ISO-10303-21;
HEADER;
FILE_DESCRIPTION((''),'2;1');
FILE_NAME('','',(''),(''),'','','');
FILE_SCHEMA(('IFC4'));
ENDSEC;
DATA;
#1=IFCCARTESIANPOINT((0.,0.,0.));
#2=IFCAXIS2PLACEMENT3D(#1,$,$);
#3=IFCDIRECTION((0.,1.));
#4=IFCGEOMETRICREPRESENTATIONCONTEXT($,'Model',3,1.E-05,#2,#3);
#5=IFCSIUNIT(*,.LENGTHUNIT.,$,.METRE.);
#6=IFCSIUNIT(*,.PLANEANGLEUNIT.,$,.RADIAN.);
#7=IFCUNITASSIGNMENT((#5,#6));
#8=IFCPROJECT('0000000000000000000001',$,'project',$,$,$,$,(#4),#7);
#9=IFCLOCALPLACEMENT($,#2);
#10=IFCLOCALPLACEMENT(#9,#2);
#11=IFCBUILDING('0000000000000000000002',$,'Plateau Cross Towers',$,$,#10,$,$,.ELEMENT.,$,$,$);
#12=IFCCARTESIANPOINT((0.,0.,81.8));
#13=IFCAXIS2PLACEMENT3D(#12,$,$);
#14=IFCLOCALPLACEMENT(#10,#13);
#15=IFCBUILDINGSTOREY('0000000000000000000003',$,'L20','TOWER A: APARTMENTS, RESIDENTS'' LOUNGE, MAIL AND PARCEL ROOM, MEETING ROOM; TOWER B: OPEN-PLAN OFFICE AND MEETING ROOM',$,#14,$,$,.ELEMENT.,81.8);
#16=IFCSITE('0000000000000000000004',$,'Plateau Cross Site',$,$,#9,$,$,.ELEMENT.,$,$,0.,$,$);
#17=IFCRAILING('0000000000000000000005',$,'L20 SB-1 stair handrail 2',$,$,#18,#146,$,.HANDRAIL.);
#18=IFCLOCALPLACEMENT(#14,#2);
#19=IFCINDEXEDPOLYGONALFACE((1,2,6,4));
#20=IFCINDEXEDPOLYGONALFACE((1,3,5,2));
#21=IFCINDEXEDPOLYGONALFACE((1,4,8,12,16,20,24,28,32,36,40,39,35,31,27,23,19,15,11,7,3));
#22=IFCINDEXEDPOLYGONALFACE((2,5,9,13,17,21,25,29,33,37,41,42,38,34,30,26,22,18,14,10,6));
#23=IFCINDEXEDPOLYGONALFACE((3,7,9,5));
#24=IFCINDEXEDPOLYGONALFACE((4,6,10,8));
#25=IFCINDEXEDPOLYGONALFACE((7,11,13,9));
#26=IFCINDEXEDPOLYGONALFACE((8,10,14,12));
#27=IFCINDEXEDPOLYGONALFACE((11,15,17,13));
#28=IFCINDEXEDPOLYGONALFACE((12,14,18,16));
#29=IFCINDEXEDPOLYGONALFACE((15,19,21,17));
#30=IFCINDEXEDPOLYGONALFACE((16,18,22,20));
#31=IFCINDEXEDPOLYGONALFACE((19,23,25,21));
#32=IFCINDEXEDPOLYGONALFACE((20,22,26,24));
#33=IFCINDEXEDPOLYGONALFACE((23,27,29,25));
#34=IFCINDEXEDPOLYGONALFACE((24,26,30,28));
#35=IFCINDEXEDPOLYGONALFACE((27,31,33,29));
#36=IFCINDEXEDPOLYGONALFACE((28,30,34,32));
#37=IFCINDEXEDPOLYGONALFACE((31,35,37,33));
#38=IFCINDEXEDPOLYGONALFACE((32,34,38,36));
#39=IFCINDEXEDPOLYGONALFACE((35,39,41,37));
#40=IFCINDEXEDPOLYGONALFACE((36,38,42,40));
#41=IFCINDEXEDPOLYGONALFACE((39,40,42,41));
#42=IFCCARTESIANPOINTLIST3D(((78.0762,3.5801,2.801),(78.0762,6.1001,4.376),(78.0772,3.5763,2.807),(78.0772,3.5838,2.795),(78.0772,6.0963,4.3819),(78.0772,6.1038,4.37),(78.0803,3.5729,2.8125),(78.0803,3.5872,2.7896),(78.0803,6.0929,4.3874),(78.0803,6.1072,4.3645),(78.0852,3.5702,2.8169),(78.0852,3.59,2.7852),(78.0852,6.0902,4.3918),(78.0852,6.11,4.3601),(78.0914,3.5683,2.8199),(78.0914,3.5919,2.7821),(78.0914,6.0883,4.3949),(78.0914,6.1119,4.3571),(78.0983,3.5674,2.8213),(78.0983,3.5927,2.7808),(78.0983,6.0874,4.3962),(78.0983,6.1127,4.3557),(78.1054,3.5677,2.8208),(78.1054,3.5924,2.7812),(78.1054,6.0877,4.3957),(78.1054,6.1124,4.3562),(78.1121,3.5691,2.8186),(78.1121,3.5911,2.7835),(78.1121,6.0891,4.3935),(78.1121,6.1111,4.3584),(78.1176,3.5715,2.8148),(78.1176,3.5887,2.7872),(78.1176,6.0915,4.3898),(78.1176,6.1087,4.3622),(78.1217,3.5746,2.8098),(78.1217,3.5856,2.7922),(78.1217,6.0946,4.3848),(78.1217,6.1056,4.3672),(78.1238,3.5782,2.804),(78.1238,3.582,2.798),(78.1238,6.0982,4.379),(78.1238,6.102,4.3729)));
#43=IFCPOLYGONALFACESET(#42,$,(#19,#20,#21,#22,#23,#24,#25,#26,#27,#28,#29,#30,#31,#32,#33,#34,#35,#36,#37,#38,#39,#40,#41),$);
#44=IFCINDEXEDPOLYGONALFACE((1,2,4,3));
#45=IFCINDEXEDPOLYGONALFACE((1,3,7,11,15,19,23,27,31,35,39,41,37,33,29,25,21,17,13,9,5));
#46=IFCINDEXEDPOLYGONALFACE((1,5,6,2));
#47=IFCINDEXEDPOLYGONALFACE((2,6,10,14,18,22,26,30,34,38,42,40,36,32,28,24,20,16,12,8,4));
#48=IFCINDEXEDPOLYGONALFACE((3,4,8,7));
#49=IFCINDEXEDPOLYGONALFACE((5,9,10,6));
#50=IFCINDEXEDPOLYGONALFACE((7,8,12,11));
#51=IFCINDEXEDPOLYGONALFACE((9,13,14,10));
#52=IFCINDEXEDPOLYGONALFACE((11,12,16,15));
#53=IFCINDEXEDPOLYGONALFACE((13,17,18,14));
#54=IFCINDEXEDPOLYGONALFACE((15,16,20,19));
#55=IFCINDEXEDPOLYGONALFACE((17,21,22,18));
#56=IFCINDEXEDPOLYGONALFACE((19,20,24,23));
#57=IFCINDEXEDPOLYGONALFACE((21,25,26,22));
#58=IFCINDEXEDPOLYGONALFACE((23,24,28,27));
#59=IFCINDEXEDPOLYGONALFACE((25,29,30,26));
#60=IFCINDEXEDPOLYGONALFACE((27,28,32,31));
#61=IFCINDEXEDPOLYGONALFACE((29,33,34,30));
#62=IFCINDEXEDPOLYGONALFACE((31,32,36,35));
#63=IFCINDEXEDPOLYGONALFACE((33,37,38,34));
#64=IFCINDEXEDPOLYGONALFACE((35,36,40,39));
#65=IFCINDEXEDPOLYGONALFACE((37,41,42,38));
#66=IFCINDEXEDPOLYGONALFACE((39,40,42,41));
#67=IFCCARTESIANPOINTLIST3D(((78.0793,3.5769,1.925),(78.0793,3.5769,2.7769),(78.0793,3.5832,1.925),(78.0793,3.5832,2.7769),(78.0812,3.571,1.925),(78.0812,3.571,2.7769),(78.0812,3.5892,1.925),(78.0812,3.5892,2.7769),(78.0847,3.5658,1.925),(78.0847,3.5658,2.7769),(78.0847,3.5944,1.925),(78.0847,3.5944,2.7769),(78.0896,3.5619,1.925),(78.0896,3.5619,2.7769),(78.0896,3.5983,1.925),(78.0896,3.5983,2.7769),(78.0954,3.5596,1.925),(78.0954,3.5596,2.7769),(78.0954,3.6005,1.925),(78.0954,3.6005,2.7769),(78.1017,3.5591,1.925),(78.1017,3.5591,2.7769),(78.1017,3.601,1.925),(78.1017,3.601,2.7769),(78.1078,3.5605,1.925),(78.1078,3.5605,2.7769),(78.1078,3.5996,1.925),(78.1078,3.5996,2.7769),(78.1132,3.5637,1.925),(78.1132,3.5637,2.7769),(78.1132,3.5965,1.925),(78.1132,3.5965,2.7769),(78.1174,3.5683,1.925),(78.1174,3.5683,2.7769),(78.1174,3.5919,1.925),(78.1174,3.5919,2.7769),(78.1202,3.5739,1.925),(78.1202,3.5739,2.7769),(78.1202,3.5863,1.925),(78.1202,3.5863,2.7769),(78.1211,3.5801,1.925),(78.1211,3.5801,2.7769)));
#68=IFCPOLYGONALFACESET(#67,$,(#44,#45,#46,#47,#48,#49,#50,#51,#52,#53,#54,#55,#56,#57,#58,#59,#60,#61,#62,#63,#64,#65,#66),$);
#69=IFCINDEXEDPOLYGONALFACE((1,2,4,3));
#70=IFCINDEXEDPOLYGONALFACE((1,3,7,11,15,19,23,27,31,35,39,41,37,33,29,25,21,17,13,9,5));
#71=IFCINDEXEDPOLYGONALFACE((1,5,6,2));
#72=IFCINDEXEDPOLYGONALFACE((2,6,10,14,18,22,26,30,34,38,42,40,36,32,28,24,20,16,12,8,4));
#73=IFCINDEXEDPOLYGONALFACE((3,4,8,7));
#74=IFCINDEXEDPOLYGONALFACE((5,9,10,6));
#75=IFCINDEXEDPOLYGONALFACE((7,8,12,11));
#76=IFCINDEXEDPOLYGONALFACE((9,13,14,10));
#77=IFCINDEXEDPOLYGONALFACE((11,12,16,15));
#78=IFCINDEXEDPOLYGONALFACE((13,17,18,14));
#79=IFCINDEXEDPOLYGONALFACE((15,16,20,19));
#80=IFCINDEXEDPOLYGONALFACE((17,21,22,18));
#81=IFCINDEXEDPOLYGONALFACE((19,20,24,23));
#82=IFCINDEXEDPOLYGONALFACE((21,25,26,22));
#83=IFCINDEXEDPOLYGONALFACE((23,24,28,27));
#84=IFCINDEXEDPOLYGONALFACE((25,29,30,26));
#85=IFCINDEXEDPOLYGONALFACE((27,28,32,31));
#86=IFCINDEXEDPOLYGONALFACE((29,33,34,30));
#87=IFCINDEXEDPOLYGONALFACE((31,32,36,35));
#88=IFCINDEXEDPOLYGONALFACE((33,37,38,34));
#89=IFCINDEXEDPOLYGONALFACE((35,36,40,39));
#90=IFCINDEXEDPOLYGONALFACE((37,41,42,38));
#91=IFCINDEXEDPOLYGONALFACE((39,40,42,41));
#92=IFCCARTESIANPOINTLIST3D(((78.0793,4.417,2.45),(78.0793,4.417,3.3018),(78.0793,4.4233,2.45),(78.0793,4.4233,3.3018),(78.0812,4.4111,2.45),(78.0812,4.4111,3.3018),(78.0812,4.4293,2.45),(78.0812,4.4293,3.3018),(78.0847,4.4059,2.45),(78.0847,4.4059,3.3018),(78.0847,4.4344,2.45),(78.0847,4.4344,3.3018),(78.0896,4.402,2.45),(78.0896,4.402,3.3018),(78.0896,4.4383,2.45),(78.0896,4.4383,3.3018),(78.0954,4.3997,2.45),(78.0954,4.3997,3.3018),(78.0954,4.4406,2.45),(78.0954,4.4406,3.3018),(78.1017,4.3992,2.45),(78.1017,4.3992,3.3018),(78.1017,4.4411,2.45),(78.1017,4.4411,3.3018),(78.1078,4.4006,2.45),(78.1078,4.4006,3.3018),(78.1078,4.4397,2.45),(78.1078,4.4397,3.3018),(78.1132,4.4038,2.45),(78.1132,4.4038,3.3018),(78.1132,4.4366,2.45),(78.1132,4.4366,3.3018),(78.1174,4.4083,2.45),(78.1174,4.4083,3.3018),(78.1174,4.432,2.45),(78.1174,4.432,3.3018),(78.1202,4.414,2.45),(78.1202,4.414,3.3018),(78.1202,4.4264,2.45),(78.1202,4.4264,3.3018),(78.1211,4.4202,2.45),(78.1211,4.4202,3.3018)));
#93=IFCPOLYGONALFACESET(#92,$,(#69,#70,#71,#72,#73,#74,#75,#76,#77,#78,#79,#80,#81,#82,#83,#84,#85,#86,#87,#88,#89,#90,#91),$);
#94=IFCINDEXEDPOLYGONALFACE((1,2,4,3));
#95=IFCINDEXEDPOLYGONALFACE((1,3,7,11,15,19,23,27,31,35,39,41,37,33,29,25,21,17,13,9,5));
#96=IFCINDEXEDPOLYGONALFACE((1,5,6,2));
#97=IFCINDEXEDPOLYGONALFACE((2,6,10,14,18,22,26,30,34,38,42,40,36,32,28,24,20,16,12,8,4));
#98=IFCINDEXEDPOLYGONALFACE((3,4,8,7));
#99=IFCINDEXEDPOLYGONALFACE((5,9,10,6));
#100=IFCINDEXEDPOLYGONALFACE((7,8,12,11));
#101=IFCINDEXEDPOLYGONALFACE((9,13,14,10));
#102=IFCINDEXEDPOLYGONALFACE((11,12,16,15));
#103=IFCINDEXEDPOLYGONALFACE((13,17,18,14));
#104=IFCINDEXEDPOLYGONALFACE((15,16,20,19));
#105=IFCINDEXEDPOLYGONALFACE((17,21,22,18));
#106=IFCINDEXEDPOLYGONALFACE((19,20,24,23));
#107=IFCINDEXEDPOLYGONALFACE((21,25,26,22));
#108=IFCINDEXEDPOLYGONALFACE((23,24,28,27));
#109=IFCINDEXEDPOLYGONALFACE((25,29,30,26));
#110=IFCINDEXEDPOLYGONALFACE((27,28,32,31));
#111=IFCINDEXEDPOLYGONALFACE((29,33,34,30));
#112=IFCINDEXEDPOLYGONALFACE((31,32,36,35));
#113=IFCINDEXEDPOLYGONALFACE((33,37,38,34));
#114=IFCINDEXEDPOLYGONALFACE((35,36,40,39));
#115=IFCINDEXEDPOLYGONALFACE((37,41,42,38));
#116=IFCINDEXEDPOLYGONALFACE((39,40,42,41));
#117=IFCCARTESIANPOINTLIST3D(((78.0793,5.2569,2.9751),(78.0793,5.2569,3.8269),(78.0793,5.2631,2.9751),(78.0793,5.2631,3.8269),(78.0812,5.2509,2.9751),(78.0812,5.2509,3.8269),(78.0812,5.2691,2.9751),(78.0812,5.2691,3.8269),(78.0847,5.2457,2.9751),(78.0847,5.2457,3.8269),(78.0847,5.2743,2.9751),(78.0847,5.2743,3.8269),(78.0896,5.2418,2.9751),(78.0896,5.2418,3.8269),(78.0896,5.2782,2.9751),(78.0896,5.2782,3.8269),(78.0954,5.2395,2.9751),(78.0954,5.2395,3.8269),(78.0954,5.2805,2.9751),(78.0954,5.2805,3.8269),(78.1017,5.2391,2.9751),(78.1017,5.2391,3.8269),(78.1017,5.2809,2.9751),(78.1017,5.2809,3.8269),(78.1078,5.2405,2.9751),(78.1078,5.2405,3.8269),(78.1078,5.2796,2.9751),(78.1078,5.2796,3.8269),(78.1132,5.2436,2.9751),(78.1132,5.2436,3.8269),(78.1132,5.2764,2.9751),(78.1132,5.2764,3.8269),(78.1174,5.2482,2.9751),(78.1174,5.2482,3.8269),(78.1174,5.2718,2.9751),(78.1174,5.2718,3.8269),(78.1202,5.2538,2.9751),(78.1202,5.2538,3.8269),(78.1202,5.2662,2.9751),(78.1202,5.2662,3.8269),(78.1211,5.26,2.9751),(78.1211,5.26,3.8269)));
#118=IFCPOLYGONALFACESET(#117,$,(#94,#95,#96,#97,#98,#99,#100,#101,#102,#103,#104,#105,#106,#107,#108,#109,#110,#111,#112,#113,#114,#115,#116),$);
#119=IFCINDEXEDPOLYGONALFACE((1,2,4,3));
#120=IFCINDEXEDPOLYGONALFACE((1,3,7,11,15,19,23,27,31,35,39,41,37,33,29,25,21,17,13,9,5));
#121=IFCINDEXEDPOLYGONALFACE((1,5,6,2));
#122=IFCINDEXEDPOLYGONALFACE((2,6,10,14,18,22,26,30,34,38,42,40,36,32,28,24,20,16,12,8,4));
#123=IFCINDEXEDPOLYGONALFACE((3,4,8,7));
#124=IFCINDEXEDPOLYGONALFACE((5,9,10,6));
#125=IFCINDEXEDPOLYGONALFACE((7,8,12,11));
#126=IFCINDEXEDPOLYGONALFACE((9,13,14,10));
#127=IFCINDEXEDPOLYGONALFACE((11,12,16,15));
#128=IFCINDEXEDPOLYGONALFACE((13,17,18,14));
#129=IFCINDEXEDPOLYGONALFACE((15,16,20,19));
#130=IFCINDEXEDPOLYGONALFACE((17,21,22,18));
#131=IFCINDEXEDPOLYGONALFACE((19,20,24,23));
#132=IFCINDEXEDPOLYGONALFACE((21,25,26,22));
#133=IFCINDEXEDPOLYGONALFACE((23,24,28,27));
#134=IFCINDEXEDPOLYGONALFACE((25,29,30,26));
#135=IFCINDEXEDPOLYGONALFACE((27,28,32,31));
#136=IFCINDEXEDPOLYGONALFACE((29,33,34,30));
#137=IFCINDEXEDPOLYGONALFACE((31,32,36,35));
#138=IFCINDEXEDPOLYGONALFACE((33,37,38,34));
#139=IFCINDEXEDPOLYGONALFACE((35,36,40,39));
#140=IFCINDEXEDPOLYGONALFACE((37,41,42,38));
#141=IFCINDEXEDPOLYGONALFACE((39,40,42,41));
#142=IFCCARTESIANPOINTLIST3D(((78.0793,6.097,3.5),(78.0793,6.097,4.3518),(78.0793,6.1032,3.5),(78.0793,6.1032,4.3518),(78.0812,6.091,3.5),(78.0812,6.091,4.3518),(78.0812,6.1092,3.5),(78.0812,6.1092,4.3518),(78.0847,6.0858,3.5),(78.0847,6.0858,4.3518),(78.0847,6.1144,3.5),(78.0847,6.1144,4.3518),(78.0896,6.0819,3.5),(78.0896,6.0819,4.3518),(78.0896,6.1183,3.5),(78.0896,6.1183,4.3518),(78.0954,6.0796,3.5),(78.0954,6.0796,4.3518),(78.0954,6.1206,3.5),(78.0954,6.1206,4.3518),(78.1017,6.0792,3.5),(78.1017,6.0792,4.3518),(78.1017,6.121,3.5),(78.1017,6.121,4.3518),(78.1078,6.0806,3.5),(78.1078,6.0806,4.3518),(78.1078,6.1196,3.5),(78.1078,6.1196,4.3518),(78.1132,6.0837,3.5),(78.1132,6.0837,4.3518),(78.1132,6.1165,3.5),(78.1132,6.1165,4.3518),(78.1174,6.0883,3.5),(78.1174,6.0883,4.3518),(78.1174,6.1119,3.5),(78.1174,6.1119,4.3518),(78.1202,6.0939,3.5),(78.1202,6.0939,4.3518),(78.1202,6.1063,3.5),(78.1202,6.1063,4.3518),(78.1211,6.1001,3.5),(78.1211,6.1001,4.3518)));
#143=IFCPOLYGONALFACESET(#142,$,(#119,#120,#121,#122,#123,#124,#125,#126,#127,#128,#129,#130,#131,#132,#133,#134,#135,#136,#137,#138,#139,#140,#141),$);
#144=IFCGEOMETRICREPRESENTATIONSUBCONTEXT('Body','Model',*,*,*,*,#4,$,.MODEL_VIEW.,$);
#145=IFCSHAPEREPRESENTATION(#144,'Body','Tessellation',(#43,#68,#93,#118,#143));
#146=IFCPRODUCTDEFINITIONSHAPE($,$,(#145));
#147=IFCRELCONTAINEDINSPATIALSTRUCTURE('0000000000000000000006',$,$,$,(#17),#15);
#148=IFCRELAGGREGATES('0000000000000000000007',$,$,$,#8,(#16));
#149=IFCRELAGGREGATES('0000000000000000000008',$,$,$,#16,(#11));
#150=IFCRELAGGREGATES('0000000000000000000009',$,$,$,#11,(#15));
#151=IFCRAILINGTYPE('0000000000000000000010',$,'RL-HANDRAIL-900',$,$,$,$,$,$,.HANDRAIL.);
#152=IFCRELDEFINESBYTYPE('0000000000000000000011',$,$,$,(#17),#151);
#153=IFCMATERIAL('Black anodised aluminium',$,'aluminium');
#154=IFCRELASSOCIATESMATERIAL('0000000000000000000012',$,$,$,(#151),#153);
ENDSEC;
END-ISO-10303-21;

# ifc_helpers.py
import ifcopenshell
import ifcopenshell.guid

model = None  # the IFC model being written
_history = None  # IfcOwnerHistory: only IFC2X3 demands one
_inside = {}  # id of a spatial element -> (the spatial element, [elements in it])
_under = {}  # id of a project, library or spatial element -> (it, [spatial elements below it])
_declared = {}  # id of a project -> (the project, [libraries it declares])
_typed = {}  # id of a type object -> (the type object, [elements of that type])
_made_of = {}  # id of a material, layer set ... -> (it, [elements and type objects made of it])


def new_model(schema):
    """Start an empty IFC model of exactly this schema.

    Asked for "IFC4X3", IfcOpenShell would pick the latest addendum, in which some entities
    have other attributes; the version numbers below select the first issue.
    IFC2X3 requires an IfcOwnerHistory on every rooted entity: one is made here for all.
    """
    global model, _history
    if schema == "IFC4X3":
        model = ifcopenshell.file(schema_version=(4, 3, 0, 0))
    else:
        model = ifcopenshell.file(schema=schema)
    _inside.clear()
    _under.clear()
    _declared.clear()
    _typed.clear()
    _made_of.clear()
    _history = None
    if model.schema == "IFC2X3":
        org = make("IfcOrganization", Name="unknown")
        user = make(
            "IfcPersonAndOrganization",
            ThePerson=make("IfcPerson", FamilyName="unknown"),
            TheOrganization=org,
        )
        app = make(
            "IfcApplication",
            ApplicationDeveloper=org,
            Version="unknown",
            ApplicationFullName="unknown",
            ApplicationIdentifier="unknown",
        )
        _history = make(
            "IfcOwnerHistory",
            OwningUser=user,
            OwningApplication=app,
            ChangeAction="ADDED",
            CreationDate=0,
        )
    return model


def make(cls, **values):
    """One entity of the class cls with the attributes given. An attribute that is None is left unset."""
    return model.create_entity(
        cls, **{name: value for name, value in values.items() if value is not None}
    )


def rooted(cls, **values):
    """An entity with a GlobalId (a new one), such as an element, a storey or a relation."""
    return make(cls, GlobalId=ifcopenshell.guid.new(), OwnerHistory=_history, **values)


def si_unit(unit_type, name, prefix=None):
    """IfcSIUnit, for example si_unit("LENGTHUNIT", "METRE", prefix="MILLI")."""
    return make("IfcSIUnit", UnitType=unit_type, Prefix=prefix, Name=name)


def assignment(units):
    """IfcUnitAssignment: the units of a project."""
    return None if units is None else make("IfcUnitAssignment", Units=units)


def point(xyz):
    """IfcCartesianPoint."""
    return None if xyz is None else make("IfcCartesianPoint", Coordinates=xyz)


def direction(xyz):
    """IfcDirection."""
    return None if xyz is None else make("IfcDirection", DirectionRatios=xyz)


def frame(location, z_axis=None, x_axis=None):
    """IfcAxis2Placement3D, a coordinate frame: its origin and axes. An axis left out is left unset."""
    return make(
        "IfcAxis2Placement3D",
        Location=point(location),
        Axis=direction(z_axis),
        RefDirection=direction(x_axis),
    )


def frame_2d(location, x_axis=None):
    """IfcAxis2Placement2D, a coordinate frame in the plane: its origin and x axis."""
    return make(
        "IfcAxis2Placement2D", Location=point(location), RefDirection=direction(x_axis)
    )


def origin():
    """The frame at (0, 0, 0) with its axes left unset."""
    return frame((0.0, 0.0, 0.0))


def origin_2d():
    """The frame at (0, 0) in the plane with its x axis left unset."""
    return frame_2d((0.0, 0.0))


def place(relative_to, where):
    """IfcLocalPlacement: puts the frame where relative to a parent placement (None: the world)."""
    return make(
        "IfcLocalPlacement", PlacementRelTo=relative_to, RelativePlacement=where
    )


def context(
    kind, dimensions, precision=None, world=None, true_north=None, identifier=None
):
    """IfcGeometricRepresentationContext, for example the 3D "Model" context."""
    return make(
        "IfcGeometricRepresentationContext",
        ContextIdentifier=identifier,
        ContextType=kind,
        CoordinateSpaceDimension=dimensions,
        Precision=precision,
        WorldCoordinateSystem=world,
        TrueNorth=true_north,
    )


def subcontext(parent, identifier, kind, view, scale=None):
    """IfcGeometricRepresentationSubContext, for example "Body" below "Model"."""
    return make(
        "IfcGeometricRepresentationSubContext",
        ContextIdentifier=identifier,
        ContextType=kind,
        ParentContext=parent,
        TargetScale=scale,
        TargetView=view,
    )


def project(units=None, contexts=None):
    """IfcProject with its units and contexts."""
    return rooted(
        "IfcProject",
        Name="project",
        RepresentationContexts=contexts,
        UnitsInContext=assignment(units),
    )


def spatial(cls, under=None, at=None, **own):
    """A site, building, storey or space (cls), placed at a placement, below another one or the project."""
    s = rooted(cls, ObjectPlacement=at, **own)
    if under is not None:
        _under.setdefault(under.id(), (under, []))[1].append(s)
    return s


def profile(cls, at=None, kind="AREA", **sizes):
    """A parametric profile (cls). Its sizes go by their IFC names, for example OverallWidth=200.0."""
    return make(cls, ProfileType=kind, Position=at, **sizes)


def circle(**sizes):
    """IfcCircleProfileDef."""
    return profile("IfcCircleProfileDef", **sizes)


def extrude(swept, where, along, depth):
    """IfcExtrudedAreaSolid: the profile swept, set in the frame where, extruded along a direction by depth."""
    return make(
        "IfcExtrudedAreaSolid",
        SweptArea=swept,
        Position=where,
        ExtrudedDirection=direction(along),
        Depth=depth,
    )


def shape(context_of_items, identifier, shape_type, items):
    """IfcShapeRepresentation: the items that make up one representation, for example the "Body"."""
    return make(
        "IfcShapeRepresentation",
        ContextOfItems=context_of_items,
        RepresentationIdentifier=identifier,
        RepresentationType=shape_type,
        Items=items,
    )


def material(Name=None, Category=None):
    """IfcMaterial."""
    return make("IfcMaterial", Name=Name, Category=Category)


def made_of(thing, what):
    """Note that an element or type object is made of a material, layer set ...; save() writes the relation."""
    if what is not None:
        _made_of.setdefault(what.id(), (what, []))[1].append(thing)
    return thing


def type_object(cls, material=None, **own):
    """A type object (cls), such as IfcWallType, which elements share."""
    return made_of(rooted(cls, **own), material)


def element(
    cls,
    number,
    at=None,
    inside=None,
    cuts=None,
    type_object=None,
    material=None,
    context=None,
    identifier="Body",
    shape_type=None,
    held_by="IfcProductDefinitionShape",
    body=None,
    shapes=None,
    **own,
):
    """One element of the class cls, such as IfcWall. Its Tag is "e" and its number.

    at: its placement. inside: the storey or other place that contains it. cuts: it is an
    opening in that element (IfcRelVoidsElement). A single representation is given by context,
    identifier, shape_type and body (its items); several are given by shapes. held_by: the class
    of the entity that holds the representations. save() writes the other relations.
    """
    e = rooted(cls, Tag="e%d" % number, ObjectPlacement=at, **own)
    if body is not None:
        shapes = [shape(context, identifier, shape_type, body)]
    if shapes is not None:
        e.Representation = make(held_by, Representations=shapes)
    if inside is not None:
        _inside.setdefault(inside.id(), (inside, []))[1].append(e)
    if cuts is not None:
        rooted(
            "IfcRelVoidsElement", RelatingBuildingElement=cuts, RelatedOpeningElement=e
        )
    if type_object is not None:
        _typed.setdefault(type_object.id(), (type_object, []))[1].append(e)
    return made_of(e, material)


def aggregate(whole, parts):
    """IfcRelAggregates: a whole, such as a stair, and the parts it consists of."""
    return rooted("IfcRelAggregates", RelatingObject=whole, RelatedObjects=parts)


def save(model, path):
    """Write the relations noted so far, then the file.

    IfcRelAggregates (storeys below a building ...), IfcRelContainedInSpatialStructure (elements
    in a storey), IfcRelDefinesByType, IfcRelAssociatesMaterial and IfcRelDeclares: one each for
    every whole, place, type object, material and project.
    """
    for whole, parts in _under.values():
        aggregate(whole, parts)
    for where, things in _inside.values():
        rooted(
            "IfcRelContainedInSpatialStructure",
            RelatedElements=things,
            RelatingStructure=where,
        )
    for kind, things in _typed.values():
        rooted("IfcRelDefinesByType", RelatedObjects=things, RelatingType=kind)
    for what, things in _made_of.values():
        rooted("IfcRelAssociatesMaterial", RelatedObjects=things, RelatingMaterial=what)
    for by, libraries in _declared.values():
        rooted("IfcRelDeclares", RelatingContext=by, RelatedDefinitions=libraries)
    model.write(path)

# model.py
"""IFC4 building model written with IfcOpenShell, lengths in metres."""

from ifc_helpers import new_model, si_unit, direction, frame, origin, origin_2d, place, context, subcontext, project, spatial, circle, extrude, material, type_object, element, save


model = new_model("IFC4")

# Units and contexts
model_context = context("Model", 3, precision=1e-05, world=origin(), true_north=direction((0.0, 1.0)))
body_context = subcontext(model_context, "Body", "Model", "MODEL_VIEW")
ifc_project = project(units=[si_unit("LENGTHUNIT", "METRE"), si_unit("PLANEANGLEUNIT", "RADIAN")], contexts=[model_context])

# Site, building, storey
site_placement = place(None, origin())
site = spatial("IfcSite", under=ifc_project, at=site_placement, Name="Plateau Cross Site", CompositionType="ELEMENT", RefElevation=0.0)
building_placement = place(site_placement, origin())
building = spatial("IfcBuilding", under=site, at=building_placement, Name="Plateau Cross Towers", CompositionType="ELEMENT")
storey_placement = place(building_placement, frame((0.0, 0.0, 81.8)))
storey = spatial("IfcBuildingStorey", under=building, at=storey_placement, Name="L20", Description="TOWER A: APARTMENTS, RESIDENTS' LOUNGE, MAIL AND PARCEL ROOM, MEETING ROOM; TOWER B: OPEN-PLAN OFFICE AND MEETING ROOM", CompositionType="ELEMENT", Elevation=81.8)

# Railing
ifc_material_1 = material(Name="Black anodised aluminium", Category="aluminium")
railing_type_1 = type_object("IfcRailingType", Name="RL-HANDRAIL-900", PredefinedType="HANDRAIL", material=ifc_material_1)
railing_1_placement = place(storey_placement, frame((78.1001, 3.5801, 1.925)))
element("IfcRailing", 1, at=railing_1_placement, inside=storey, type_object=railing_type_1, Name="L20 SB-1 stair handrail 2", PredefinedType="HANDRAIL", context=body_context, shape_type="SweptSolid", body=[
    extrude(circle(Radius=0.0239, at=origin_2d()), frame((0.0, 0.0, 0.876), z_axis=(0.0, 0.848008, 0.529984), x_axis=(-1.0, 0.0, 0.0)), (0.0, 0.0, 1.0), 2.9717),
    extrude(circle(Radius=0.021, at=origin_2d()), origin(), (0.0, 0.0, 1.0), 0.8518),
    extrude(circle(Radius=0.021, at=origin_2d()), frame((0.0, 0.8401, 0.5249)), (0.0, 0.0, 1.0), 0.8518),
    extrude(circle(Radius=0.021, at=origin_2d()), frame((0.0, 1.6799, 1.05)), (0.0, 0.0, 1.0), 0.8518),
    extrude(circle(Radius=0.021, at=origin_2d()), frame((0.0, 2.52, 1.575)), (0.0, 0.0, 1.0), 0.8518),
])

save(model, "model.ifc")
